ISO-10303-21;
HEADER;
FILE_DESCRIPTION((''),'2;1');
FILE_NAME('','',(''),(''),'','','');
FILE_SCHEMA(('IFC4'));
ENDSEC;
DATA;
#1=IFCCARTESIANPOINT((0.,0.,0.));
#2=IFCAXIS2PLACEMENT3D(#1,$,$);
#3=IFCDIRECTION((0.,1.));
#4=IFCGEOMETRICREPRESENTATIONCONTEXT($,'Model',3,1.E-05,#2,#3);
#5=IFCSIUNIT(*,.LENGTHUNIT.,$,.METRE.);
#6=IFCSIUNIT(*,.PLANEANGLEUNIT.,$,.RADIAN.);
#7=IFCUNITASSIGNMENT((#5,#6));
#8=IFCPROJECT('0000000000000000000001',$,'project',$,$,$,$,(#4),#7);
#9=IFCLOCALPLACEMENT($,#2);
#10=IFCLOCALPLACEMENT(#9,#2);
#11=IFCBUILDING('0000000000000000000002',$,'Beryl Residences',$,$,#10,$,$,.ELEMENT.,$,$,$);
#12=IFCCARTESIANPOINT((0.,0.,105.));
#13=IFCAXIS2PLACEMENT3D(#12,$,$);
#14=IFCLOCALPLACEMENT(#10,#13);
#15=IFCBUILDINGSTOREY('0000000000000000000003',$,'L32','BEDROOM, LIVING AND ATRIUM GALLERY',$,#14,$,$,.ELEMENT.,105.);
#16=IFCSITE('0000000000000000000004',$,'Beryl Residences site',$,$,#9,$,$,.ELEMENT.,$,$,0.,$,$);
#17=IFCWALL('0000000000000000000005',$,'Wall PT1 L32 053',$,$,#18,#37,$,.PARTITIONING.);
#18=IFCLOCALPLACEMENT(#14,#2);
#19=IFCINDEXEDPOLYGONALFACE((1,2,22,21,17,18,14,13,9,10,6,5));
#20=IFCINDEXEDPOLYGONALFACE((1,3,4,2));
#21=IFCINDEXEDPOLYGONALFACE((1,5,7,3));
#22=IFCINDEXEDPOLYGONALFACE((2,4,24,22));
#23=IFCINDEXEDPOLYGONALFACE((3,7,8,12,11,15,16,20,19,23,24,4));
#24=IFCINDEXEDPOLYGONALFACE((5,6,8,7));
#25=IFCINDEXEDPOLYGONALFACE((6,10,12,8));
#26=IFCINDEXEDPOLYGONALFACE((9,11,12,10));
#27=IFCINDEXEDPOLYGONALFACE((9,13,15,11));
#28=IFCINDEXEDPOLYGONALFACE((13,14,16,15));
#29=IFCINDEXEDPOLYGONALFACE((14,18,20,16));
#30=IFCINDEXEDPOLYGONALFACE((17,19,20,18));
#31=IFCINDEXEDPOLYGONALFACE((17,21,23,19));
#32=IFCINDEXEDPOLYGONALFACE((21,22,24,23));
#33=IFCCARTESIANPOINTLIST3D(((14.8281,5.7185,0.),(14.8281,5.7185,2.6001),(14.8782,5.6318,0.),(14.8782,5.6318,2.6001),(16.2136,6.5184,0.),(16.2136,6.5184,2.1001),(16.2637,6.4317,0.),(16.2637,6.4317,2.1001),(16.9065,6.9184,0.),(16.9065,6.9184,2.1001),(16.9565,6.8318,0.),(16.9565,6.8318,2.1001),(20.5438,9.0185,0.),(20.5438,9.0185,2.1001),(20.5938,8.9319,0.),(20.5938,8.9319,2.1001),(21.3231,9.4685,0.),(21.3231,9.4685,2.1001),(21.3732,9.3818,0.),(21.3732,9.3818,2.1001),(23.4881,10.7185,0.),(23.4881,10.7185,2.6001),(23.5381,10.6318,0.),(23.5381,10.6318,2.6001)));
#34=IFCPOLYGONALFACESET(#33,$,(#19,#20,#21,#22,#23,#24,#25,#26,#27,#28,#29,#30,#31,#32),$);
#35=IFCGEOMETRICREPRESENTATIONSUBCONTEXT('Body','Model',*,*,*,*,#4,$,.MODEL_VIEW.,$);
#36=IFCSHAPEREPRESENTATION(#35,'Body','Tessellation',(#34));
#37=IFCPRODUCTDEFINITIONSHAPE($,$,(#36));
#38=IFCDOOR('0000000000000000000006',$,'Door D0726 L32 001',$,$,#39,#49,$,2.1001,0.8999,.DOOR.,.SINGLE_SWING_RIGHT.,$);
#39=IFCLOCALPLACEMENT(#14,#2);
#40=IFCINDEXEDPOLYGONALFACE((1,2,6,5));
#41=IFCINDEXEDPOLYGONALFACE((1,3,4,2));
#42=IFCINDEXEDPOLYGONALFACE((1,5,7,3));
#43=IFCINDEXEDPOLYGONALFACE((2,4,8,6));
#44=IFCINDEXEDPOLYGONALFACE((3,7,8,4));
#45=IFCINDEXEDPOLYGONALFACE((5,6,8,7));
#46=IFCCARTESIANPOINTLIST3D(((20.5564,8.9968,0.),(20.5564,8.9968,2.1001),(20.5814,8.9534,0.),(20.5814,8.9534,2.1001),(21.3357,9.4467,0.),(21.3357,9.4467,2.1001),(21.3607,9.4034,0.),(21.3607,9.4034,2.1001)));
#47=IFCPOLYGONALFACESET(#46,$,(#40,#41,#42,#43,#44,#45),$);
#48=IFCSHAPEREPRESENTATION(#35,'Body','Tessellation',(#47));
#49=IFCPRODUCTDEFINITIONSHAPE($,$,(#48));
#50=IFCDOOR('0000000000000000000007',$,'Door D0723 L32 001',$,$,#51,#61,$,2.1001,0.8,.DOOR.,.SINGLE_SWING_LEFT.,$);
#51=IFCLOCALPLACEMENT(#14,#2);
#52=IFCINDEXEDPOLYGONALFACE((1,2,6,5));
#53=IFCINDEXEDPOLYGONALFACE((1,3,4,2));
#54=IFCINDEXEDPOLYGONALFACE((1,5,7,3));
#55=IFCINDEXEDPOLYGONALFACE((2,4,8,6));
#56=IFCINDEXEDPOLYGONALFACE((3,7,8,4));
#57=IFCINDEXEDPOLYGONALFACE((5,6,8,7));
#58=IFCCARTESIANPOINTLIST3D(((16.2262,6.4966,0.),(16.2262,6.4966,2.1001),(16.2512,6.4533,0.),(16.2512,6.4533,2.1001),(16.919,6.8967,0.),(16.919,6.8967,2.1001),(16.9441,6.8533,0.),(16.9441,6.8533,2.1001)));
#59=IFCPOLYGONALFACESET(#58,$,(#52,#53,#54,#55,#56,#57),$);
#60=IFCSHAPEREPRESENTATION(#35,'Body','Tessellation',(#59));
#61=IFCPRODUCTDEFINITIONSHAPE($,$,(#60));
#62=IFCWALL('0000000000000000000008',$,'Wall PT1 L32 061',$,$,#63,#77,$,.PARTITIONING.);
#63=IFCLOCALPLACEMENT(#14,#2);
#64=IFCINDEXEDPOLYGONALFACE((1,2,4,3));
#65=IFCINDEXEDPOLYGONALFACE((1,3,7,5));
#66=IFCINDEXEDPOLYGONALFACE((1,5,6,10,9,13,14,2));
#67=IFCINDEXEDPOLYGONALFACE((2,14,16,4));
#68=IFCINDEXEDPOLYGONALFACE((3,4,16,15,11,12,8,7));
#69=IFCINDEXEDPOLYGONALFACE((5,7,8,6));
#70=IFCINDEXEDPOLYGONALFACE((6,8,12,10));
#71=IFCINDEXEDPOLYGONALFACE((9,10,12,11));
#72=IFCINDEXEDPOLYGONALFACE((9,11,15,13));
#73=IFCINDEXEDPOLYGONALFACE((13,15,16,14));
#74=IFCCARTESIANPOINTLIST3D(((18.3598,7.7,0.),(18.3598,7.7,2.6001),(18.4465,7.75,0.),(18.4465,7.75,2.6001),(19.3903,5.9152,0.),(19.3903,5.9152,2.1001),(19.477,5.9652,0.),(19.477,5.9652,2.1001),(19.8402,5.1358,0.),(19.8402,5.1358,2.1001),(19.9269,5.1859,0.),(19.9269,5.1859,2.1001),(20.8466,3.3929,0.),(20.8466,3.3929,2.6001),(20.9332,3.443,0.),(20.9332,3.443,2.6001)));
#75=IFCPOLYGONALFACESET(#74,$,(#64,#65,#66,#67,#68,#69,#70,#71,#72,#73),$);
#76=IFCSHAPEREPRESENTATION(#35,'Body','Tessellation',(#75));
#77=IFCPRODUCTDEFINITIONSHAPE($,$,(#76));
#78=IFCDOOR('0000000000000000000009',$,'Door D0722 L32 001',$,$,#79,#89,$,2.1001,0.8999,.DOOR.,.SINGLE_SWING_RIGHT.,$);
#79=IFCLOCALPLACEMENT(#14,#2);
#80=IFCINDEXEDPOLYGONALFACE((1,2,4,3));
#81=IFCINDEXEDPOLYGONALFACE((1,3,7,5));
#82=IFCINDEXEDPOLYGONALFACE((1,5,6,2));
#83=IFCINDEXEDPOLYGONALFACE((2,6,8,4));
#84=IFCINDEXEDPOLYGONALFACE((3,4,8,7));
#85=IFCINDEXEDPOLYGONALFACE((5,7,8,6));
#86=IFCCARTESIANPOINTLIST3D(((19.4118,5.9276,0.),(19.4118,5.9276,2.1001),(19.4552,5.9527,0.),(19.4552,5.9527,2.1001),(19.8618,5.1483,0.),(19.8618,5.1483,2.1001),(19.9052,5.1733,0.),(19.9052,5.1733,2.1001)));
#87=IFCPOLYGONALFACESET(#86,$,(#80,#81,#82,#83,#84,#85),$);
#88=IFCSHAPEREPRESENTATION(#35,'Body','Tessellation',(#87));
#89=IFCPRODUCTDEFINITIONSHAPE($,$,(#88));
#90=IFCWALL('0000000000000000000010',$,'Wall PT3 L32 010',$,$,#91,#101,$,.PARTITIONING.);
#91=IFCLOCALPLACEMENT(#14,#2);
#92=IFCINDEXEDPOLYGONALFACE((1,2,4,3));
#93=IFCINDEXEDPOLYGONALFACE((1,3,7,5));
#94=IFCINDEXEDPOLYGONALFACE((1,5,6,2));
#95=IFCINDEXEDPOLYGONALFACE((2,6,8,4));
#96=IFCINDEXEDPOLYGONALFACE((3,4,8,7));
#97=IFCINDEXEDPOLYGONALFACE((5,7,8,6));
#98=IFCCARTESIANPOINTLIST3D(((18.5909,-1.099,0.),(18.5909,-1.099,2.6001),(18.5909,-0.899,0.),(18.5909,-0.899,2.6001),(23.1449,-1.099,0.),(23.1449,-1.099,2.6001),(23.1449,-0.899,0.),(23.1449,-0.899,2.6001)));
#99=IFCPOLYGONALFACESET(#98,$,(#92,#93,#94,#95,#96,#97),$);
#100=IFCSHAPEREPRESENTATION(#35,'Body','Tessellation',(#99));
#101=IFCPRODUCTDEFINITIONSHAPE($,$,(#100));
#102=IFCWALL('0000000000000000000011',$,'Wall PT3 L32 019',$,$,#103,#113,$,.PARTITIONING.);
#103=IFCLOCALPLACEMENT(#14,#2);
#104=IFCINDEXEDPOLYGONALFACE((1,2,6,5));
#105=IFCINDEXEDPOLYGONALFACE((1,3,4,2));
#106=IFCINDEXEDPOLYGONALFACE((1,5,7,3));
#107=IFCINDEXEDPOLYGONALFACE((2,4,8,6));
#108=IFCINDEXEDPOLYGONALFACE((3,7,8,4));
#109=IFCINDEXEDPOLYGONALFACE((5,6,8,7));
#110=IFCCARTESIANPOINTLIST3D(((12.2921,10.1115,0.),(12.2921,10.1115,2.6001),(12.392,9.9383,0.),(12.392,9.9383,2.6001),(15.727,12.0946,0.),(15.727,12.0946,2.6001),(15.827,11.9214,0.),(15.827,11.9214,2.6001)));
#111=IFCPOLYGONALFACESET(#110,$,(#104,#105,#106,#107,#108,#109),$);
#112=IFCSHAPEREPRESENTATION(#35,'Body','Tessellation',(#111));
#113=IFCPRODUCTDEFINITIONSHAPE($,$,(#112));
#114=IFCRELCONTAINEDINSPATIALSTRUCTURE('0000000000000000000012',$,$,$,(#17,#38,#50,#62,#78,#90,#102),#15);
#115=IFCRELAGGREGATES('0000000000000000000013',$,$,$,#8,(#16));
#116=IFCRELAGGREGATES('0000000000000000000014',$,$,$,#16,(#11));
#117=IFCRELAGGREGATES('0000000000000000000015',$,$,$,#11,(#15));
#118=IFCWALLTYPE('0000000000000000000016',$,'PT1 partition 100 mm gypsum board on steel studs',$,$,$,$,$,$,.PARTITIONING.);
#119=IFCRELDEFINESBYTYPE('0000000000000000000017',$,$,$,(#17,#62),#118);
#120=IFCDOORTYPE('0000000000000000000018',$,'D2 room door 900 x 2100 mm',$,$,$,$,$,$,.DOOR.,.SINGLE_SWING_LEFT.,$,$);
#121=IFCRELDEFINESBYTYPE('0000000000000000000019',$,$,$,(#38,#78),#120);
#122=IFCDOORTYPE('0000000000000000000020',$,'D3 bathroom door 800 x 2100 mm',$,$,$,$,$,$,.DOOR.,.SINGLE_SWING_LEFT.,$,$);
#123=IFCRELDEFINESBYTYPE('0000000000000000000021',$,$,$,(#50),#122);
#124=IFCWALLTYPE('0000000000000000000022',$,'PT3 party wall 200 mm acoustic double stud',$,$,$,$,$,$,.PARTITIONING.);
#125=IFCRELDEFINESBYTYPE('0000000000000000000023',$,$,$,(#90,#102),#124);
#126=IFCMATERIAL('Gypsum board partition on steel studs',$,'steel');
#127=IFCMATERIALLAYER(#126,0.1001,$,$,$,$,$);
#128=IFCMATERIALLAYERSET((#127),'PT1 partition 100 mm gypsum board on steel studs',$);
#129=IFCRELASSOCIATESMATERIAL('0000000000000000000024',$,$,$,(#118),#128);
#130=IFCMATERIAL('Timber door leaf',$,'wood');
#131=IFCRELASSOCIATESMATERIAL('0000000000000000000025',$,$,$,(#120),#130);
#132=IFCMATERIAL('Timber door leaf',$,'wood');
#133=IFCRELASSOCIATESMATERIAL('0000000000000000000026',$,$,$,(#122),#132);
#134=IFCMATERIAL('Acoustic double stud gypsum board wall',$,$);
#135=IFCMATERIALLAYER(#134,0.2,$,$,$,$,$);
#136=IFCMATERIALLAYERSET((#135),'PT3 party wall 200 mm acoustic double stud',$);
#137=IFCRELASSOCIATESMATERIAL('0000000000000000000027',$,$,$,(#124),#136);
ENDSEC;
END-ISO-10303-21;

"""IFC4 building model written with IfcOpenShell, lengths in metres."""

from ifc_helpers import new_model, si_unit, direction, frame, frame_2d, origin, place, context, subcontext, project, spatial, rectangle, extrude, material, layer, layer_set, type_object, element, fill, save


model = new_model("IFC4")

# Units and contexts
model_context = context("Model", 3, precision=1e-05, world=origin(), true_north=direction((0.0, 1.0)))
body_context = subcontext(model_context, "Body", "Model", "MODEL_VIEW")
ifc_project = project(units=[si_unit("LENGTHUNIT", "METRE"), si_unit("PLANEANGLEUNIT", "RADIAN")], contexts=[model_context])

# Site, building, storey
site_placement = place(None, origin())
site = spatial("IfcSite", under=ifc_project, at=site_placement, Name="Beryl Residences site", CompositionType="ELEMENT", RefElevation=0.0)
building_placement = place(site_placement, origin())
building = spatial("IfcBuilding", under=site, at=building_placement, Name="Beryl Residences", CompositionType="ELEMENT")
storey_placement = place(building_placement, frame((0.0, 0.0, 105.0)))
storey = spatial("IfcBuildingStorey", under=building, at=storey_placement, Name="L32", Description="BEDROOM, LIVING AND ATRIUM GALLERY", CompositionType="ELEMENT", Elevation=105.0)

# Shared definitions
ifc_material_1 = material(Name="Gypsum board partition on steel studs", Category="steel")
ifc_layer_1 = layer(ifc_material_1, 0.1001)
ifc_layer_set_1 = layer_set([ifc_layer_1], Name="PT1 partition 100 mm gypsum board on steel studs")
wall_type_1 = type_object("IfcWallType", Name="PT1 partition 100 mm gypsum board on steel studs", PredefinedType="PARTITIONING", material=ifc_layer_set_1)

# Wall, openings, doors
ifc_material_2 = material(Name="Timber door leaf", Category="wood")
door_type_1 = type_object("IfcDoorType", Name="D2 room door 900 x 2100 mm", OperationType="SINGLE_SWING_LEFT", PredefinedType="DOOR", material=ifc_material_2)
wall_1_placement = place(storey_placement, frame((14.853, 5.675, 0.0), z_axis=(0.0, 0.0, 1.0), x_axis=(0.866017, 0.500015, 0.0)))
wall_1 = element("IfcWall", 1, at=wall_1_placement, inside=storey, type_object=wall_type_1, Name="Wall PT1 L32 053", PredefinedType="PARTITIONING", context=body_context, shape_type="SweptSolid", body=[
    extrude(rectangle(XDim=9.9998, YDim=0.1001, at=frame_2d((5.0, 0.0))), origin(), (0.0, 0.0, 1.0), 2.6001),
])
opening_1_placement = place(wall_1_placement, frame((1.6001, 0.0, 0.0)))
opening_1 = element("IfcOpeningElement", 2, at=opening_1_placement, cuts=wall_1, PredefinedType="OPENING", context=body_context, shape_type="SweptSolid", body=[
    extrude(rectangle(XDim=0.8, YDim=2.1001, at=frame_2d((0.3999, 1.05))), frame((0.0, 0.0601, 0.0), z_axis=(0.0, -1.0, 0.0), x_axis=(1.0, 0.0, 0.0)), (0.0, 0.0, 1.0), 0.1201),
])
opening_2_placement = place(wall_1_placement, frame((6.6001, 0.0, 0.0)))
opening_2 = element("IfcOpeningElement", 3, at=opening_2_placement, cuts=wall_1, PredefinedType="OPENING", context=body_context, shape_type="SweptSolid", body=[
    extrude(rectangle(XDim=0.8999, YDim=2.1001, at=frame_2d((0.45, 1.05))), frame((0.0, 0.0601, 0.0), z_axis=(0.0, -1.0, 0.0), x_axis=(1.0, 0.0, 0.0)), (0.0, 0.0, 1.0), 0.1201),
])
door_1_placement = place(opening_2_placement, origin())
door_1 = element("IfcDoor", 4, at=door_1_placement, inside=storey, type_object=door_type_1, Name="Door D0726 L32 001", OperationType="SINGLE_SWING_RIGHT", OverallHeight=2.1001, OverallWidth=0.8999, PredefinedType="DOOR", context=body_context, shape_type="SweptSolid", body=[
    extrude(rectangle(XDim=0.8999, YDim=2.1001, at=frame_2d((0.45, 1.05))), frame((0.0, 0.0249, 0.0), z_axis=(0.0, -1.0, 0.0), x_axis=(1.0, 0.0, 0.0)), (0.0, 0.0, 1.0), 0.05),
])
fill(opening_2, door_1)
ifc_material_3 = material(Name="Timber door leaf", Category="wood")
door_type_2 = type_object("IfcDoorType", Name="D3 bathroom door 800 x 2100 mm", OperationType="SINGLE_SWING_LEFT", PredefinedType="DOOR", material=ifc_material_3)
door_2_placement = place(opening_1_placement, origin())
door_2 = element("IfcDoor", 5, at=door_2_placement, inside=storey, type_object=door_type_2, Name="Door D0723 L32 001", OperationType="SINGLE_SWING_LEFT", OverallHeight=2.1001, OverallWidth=0.8, PredefinedType="DOOR", context=body_context, shape_type="SweptSolid", body=[
    extrude(rectangle(XDim=0.8, YDim=2.1001, at=frame_2d((0.3999, 1.05))), frame((0.0, 0.0249, 0.0), z_axis=(0.0, -1.0, 0.0), x_axis=(1.0, 0.0, 0.0)), (0.0, 0.0, 1.0), 0.05),
])
fill(opening_1, door_2)

# Wall, opening, door
wall_2_placement = place(storey_placement, frame((18.4031, 7.7251, 0.0), z_axis=(0.0, 0.0, 1.0), x_axis=(0.500014, -0.866017, 0.0)))
wall_2 = element("IfcWall", 6, at=wall_2_placement, inside=storey, type_object=wall_type_1, Name="Wall PT1 L32 061", PredefinedType="PARTITIONING", context=body_context, shape_type="SweptSolid", body=[
    extrude(rectangle(XDim=4.9734, YDim=0.1001, at=frame_2d((2.4868, 0.0))), origin(), (0.0, 0.0, 1.0), 2.6001),
])
opening_3_placement = place(wall_2_placement, frame((2.061, 0.0, 0.0)))
opening_3 = element("IfcOpeningElement", 7, at=opening_3_placement, cuts=wall_2, PredefinedType="OPENING", context=body_context, shape_type="SweptSolid", body=[
    extrude(rectangle(XDim=0.8999, YDim=2.1001, at=frame_2d((0.45, 1.05))), frame((0.0, 0.0601, 0.0), z_axis=(0.0, -1.0, 0.0), x_axis=(1.0, 0.0, 0.0)), (0.0, 0.0, 1.0), 0.1201),
])
door_3_placement = place(opening_3_placement, origin())
door_3 = element("IfcDoor", 8, at=door_3_placement, inside=storey, type_object=door_type_1, Name="Door D0722 L32 001", OperationType="SINGLE_SWING_RIGHT", OverallHeight=2.1001, OverallWidth=0.8999, PredefinedType="DOOR", context=body_context, shape_type="SweptSolid", body=[
    extrude(rectangle(XDim=0.8999, YDim=2.1001, at=frame_2d((0.45, 1.05))), frame((0.0, 0.0249, 0.0), z_axis=(0.0, -1.0, 0.0), x_axis=(1.0, 0.0, 0.0)), (0.0, 0.0, 1.0), 0.05),
])
fill(opening_3, door_3)

# Walls
ifc_material_4 = material(Name="Acoustic double stud gypsum board wall")
ifc_layer_2 = layer(ifc_material_4, 0.2)
ifc_layer_set_2 = layer_set([ifc_layer_2], Name="PT3 party wall 200 mm acoustic double stud")
wall_type_2 = type_object("IfcWallType", Name="PT3 party wall 200 mm acoustic double stud", PredefinedType="PARTITIONING", material=ifc_layer_set_2)
wall_3_placement = place(storey_placement, frame((18.5911, -0.999, 0.0), z_axis=(0.0, 0.0, 1.0), x_axis=(1.0, 0.0, 0.0)))
element("IfcWall", 9, at=wall_3_placement, inside=storey, type_object=wall_type_2, Name="Wall PT3 L32 010", PredefinedType="PARTITIONING", context=body_context, shape_type="SweptSolid", body=[
    extrude(rectangle(XDim=4.554, YDim=0.2, at=frame_2d((2.2769, 0.0))), origin(), (0.0, 0.0, 1.0), 2.6001),
])
wall_4_placement = place(storey_placement, frame((12.342, 10.0249, 0.0), z_axis=(0.0, 0.0, 1.0), x_axis=(0.866034, 0.499985, 0.0)))
element("IfcWall", 10, at=wall_4_placement, inside=storey, type_object=wall_type_2, Name="Wall PT3 L32 019", PredefinedType="PARTITIONING", context=body_context, shape_type="SweptSolid", body=[
    extrude(rectangle(XDim=3.9663, YDim=0.2, at=frame_2d((1.9832, 0.0))), origin(), (0.0, 0.0, 1.0), 2.6001),
])

save(model, "model.ifc")
